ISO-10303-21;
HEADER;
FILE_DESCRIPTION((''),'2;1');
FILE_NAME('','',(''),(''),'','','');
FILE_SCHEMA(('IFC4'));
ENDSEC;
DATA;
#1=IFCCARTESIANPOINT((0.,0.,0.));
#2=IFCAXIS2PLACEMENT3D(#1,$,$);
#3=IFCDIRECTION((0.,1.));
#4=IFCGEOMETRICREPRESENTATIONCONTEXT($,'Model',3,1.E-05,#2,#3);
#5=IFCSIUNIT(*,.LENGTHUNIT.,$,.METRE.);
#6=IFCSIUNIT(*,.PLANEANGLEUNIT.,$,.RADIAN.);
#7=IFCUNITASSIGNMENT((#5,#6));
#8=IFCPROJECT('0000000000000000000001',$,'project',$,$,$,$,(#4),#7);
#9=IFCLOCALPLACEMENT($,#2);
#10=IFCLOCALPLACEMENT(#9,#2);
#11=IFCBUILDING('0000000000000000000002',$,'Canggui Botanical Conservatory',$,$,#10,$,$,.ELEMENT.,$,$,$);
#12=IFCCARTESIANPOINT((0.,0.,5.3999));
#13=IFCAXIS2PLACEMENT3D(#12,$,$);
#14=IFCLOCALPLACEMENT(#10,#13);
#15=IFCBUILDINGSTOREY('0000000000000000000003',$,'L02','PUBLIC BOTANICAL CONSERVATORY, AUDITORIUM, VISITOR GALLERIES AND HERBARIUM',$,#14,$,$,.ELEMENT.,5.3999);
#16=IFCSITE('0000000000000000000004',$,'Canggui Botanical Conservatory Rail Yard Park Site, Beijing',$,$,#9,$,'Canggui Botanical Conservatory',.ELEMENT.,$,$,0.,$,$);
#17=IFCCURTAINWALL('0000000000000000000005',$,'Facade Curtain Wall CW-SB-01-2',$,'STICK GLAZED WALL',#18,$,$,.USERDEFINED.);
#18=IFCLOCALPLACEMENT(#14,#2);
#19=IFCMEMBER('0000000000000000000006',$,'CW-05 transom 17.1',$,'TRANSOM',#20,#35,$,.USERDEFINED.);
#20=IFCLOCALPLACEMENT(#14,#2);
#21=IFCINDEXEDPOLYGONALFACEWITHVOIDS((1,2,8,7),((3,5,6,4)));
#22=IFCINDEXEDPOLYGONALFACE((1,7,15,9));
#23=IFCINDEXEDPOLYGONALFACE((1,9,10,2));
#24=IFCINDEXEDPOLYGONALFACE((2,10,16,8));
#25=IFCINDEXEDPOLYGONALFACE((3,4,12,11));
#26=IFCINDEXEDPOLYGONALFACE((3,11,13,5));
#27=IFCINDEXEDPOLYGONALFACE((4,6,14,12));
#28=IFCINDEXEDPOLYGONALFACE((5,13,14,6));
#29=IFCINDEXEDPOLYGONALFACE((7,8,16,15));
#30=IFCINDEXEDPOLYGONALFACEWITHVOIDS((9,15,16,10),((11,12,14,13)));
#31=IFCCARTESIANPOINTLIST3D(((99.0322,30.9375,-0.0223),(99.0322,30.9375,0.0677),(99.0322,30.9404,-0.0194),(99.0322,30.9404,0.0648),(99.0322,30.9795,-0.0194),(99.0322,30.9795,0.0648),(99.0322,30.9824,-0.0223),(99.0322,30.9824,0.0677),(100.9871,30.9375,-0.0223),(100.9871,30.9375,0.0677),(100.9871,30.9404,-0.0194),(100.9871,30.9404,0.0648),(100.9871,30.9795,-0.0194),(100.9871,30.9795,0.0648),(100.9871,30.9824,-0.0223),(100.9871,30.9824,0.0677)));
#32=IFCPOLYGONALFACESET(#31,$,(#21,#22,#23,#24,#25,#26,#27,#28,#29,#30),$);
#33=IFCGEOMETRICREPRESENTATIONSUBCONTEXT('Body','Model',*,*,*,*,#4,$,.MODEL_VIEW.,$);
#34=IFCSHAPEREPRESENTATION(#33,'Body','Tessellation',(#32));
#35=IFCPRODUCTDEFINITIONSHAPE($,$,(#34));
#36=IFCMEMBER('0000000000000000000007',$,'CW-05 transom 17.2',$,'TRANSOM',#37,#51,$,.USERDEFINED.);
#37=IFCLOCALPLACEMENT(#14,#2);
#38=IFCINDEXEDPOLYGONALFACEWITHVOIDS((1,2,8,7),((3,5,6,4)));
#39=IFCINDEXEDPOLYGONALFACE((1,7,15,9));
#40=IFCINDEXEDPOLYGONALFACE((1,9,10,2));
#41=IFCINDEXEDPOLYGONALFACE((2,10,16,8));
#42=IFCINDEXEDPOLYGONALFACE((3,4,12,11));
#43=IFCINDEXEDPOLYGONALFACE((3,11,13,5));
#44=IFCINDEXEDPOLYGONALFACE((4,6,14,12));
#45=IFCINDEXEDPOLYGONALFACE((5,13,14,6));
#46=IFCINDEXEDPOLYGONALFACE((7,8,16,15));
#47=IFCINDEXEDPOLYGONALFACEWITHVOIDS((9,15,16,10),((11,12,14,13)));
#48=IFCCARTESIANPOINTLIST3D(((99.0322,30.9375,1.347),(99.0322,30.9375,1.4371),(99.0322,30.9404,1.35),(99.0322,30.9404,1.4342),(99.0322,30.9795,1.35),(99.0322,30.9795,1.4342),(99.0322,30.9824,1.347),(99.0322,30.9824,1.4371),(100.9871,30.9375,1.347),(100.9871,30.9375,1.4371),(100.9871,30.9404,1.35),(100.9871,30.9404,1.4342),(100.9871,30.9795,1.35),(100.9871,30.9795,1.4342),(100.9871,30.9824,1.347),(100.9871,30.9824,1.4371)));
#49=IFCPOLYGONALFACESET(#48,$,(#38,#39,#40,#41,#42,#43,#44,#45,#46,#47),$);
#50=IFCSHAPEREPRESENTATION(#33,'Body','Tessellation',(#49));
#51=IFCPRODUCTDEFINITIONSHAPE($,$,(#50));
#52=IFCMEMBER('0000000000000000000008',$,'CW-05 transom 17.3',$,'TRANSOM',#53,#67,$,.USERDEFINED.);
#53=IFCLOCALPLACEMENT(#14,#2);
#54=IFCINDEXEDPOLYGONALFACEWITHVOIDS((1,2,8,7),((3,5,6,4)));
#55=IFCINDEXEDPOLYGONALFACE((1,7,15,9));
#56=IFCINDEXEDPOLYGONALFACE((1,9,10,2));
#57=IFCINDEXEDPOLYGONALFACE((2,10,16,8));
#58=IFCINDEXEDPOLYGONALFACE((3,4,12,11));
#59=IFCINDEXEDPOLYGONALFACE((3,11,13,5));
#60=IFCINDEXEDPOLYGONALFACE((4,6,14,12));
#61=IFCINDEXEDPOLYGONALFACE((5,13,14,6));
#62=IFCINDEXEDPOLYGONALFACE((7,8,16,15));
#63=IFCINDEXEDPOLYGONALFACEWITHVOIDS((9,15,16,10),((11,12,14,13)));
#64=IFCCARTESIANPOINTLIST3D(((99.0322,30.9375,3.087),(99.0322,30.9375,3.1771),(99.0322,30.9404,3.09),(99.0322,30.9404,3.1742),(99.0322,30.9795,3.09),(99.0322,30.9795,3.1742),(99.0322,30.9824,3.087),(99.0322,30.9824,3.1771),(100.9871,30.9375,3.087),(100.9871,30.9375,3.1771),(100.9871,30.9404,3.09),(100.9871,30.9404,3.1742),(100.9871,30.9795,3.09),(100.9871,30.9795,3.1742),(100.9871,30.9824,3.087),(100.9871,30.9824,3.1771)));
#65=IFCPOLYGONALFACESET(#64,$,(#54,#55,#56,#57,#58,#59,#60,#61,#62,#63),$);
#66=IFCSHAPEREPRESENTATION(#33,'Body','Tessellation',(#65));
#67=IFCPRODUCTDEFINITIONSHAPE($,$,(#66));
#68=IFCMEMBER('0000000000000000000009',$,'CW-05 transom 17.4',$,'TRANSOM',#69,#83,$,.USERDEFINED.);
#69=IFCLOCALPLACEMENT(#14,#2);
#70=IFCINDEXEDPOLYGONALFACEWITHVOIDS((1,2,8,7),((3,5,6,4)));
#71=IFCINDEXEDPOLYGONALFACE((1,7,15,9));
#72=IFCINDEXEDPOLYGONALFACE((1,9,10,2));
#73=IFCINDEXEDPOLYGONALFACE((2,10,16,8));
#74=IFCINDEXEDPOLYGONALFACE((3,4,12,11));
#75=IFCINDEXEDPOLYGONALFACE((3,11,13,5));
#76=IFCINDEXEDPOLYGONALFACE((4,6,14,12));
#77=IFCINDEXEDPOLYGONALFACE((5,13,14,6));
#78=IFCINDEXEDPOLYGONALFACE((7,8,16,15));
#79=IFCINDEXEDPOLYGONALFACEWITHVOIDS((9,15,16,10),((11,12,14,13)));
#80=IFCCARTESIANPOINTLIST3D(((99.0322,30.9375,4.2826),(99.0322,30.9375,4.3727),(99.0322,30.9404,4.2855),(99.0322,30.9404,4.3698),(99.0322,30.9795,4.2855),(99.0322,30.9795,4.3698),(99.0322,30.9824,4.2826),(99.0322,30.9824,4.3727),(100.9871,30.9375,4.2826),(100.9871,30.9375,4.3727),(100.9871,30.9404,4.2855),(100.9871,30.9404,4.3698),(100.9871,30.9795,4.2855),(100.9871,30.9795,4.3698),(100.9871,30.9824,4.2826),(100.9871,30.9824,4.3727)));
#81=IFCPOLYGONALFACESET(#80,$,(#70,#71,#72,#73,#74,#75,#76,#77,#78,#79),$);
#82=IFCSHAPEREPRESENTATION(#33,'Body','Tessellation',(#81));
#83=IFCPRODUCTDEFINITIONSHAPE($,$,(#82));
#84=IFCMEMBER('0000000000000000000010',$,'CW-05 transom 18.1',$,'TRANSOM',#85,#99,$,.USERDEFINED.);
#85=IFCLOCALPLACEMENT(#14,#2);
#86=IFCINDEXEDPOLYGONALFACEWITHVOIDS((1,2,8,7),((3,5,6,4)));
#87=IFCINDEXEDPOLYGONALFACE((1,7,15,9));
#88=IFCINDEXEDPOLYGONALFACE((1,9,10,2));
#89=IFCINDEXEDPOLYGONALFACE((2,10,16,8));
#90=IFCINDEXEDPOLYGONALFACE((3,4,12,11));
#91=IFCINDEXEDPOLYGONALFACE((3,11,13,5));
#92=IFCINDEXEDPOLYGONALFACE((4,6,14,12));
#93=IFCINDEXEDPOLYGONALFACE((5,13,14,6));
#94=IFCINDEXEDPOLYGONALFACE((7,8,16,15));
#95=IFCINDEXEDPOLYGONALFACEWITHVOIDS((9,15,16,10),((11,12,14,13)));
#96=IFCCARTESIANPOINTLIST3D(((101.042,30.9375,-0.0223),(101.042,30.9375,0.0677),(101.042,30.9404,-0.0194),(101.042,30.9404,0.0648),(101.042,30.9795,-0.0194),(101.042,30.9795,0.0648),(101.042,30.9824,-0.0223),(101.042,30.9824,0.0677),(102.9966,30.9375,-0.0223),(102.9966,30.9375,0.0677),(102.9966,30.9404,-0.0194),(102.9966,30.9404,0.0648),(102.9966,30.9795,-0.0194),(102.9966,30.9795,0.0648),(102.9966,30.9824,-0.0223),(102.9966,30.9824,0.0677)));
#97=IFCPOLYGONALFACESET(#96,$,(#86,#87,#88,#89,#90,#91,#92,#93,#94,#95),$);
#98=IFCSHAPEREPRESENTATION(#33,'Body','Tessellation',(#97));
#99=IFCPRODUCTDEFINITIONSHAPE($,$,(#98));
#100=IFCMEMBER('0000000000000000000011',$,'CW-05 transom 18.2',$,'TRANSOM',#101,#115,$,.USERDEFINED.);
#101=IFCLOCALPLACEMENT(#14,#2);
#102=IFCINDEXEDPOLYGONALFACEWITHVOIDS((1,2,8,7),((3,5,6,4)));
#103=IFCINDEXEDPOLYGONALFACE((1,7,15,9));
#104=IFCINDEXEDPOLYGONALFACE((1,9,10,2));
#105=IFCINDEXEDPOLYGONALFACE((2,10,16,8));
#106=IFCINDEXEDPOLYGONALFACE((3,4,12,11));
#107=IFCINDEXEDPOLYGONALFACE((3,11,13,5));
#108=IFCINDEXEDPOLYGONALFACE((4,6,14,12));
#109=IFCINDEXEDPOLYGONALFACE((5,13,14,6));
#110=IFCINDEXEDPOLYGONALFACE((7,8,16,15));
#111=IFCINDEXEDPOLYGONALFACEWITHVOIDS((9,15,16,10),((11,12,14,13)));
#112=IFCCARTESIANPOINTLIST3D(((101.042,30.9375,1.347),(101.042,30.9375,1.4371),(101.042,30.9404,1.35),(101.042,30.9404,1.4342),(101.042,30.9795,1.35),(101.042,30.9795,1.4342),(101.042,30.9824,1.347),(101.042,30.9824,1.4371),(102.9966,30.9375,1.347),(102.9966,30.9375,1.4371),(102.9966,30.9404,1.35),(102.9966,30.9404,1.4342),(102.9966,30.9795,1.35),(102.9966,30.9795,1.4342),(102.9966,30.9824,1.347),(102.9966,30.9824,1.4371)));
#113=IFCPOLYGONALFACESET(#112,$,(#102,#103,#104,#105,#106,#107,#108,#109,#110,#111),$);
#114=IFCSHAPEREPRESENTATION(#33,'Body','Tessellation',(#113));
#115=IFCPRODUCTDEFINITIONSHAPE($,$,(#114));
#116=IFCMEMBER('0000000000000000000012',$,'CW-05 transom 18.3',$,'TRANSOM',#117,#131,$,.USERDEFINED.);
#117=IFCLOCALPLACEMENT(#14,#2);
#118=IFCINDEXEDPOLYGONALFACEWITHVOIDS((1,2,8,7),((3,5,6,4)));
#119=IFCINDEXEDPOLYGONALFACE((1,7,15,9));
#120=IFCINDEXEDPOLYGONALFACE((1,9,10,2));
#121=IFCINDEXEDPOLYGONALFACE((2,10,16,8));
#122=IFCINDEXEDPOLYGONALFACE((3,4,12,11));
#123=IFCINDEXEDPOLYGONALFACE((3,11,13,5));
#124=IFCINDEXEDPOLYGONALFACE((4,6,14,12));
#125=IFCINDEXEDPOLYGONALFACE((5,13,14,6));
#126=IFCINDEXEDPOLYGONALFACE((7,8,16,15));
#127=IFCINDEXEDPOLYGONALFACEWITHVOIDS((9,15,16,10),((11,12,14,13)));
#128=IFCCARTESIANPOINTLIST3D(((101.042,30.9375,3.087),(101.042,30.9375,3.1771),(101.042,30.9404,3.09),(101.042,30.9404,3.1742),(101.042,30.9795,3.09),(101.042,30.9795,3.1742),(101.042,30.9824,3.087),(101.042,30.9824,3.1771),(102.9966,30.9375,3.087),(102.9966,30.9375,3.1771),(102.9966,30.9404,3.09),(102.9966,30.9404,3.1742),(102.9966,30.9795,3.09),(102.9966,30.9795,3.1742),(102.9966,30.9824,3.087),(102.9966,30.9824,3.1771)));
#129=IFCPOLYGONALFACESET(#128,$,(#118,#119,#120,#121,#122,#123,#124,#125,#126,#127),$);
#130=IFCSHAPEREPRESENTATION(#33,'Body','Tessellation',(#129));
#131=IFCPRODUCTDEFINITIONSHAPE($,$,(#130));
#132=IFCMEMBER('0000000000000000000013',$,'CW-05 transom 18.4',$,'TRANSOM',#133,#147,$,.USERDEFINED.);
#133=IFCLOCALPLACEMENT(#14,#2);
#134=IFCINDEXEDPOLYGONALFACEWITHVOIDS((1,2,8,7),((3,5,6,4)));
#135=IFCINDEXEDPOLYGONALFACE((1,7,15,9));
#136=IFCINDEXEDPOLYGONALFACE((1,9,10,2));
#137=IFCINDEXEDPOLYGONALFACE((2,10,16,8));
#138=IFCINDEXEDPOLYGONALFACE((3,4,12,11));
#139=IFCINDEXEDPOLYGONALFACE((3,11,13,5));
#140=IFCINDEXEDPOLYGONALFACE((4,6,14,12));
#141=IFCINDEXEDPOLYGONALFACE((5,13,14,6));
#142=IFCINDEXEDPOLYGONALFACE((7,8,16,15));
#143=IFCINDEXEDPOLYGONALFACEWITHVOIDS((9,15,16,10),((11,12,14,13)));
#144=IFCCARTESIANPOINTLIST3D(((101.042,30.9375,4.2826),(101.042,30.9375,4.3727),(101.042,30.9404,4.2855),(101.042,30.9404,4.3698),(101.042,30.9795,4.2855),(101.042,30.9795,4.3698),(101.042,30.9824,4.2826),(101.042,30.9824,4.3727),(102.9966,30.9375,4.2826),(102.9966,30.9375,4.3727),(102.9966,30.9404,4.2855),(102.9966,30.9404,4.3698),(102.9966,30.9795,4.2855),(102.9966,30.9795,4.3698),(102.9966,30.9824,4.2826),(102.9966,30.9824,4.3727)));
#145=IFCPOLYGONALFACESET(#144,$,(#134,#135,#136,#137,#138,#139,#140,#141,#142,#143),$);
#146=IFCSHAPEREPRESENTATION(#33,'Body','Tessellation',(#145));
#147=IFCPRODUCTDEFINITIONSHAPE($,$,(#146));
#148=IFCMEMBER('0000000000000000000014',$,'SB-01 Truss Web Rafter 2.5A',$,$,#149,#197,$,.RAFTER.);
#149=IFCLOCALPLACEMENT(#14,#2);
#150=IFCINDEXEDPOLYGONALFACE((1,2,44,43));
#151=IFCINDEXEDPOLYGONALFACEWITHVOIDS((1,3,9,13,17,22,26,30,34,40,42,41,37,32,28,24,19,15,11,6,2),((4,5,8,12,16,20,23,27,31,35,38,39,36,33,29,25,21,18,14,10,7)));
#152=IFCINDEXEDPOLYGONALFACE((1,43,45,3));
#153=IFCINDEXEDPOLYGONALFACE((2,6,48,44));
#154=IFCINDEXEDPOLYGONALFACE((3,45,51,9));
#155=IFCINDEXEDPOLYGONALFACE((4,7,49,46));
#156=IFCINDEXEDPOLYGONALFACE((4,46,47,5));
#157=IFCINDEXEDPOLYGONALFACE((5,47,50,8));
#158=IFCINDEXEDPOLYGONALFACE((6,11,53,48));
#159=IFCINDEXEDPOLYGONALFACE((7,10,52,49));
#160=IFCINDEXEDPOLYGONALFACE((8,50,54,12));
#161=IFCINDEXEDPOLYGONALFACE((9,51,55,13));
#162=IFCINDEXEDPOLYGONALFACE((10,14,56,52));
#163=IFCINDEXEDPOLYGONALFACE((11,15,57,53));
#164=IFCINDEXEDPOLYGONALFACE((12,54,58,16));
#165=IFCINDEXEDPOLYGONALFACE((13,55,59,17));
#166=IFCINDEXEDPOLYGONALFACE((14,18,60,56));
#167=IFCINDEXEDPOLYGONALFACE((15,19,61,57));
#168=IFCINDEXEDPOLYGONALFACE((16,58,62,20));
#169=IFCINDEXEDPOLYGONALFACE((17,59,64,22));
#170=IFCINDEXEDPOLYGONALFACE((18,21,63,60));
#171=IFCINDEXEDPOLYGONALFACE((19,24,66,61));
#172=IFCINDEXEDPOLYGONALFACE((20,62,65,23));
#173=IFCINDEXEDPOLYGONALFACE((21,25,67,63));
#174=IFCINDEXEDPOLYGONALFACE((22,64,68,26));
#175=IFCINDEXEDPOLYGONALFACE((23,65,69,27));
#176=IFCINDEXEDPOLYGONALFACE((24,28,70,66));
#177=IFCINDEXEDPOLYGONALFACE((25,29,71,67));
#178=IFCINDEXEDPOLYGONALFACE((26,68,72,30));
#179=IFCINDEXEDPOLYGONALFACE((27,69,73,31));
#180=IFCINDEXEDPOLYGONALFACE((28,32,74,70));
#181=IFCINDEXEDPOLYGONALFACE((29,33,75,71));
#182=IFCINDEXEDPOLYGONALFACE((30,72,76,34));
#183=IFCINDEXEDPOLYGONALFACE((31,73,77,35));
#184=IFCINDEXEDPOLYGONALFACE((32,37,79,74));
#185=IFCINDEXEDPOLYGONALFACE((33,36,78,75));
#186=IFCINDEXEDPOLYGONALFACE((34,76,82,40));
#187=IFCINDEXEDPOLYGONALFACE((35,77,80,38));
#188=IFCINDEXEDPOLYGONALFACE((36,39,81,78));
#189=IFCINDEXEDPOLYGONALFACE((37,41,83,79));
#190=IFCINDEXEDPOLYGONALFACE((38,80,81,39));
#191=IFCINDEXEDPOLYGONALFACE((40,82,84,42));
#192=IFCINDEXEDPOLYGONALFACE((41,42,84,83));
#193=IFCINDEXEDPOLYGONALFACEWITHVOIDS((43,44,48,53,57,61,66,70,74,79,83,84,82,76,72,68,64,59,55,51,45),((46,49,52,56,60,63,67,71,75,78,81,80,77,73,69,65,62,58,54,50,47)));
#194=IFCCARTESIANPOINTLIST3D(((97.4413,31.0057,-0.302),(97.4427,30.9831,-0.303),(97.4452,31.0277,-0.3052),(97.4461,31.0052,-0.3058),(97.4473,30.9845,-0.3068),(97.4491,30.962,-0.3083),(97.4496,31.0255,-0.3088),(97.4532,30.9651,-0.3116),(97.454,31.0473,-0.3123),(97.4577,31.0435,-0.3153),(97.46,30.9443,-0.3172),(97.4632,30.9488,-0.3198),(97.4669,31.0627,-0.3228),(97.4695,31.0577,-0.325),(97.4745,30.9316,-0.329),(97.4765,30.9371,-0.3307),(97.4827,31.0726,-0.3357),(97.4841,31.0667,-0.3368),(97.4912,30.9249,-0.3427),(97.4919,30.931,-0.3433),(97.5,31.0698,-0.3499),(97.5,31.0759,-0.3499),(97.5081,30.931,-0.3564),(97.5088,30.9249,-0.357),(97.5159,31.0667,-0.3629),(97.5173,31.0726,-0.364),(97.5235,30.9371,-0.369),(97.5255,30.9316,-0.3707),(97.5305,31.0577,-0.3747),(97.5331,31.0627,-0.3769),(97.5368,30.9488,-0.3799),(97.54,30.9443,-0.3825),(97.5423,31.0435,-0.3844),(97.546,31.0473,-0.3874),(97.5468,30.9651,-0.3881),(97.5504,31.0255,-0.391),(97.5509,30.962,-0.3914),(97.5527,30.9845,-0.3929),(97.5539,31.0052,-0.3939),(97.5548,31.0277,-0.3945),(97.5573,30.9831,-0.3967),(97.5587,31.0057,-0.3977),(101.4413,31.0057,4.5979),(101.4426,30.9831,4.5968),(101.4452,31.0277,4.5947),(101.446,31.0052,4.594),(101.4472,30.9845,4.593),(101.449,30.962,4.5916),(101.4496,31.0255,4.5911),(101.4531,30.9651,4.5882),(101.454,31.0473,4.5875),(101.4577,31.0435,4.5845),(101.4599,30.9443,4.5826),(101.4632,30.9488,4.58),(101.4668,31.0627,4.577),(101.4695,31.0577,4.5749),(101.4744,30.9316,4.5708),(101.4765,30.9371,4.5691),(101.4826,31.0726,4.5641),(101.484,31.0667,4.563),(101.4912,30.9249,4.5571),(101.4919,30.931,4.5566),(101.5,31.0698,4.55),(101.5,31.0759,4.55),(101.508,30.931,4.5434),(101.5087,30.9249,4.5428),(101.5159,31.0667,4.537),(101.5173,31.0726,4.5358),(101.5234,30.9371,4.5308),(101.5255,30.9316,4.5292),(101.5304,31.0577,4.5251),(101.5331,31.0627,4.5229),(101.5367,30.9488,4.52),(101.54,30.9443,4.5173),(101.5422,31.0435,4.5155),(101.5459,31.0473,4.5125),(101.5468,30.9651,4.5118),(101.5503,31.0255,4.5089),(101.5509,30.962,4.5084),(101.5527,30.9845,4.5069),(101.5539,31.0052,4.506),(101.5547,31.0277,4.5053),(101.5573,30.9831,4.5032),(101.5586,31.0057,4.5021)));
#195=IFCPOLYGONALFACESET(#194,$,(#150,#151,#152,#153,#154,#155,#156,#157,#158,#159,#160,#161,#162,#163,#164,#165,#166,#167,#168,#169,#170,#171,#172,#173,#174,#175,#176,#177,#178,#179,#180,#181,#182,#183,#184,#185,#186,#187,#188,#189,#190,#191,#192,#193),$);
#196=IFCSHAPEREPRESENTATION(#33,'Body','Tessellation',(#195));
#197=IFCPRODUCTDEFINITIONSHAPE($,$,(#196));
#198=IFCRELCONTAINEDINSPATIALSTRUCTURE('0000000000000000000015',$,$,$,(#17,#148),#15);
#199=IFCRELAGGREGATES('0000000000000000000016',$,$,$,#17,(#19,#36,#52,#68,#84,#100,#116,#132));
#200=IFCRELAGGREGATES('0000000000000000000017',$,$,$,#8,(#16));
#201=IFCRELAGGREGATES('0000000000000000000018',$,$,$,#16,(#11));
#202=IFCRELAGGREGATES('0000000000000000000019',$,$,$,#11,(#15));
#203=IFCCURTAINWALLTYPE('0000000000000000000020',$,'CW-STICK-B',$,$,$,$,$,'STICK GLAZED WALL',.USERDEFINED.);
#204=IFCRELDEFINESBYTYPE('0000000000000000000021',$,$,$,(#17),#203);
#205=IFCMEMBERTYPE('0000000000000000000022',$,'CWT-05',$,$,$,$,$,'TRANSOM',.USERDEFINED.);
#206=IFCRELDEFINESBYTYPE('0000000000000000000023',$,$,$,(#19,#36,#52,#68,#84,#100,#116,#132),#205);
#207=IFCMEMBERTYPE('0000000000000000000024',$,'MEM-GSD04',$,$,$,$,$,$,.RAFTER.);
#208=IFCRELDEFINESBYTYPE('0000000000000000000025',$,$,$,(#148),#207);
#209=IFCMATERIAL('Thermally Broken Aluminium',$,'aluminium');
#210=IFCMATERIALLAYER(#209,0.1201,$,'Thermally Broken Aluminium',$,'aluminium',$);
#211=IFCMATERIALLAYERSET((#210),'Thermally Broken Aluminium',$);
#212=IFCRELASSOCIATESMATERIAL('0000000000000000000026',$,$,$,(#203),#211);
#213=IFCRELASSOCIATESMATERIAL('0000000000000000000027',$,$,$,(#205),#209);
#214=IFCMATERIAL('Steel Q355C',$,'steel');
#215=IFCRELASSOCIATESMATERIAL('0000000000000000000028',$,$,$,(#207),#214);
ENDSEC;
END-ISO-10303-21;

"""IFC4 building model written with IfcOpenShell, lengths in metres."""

from ifc_helpers import new_model, si_unit, direction, frame, origin, origin_2d, place, context, subcontext, project, spatial, hollow_rectangle, hollow_circle, extrude, material, layer, layer_set, material_profile, profile_set, type_object, element, aggregate, save


model = new_model("IFC4")

# Units and contexts
model_context = context("Model", 3, precision=1e-05, world=origin(), true_north=direction((0.0, 1.0)))
body_context = subcontext(model_context, "Body", "Model", "MODEL_VIEW")
ifc_project = project(units=[si_unit("LENGTHUNIT", "METRE"), si_unit("PLANEANGLEUNIT", "RADIAN")], contexts=[model_context])

# Site, building, storey
site_placement = place(None, origin())
site = spatial("IfcSite", under=ifc_project, at=site_placement, Name="Canggui Botanical Conservatory Rail Yard Park Site, Beijing", LongName="Canggui Botanical Conservatory", CompositionType="ELEMENT", RefElevation=0.0)
building_placement = place(site_placement, origin())
building = spatial("IfcBuilding", under=site, at=building_placement, Name="Canggui Botanical Conservatory", CompositionType="ELEMENT")
storey_placement = place(building_placement, frame((0.0, 0.0, 5.3999)))
storey = spatial("IfcBuildingStorey", under=building, at=storey_placement, Name="L02", Description="PUBLIC BOTANICAL CONSERVATORY, AUDITORIUM, VISITOR GALLERIES AND HERBARIUM", CompositionType="ELEMENT", Elevation=5.3999)

# Curtain wall, members
ifc_material_1 = material(Name="Thermally Broken Aluminium", Category="aluminium")
ifc_layer_1 = layer(ifc_material_1, 0.1201, Name="Thermally Broken Aluminium", Category="aluminium")
ifc_layer_set_1 = layer_set([ifc_layer_1], Name="Thermally Broken Aluminium")
curtain_wall_type = type_object("IfcCurtainWallType", Name="CW-STICK-B", ElementType="STICK GLAZED WALL", PredefinedType="USERDEFINED", material=ifc_layer_set_1)
curtain_wall_placement = place(storey_placement, origin())
curtain_wall = element("IfcCurtainWall", 1, at=curtain_wall_placement, inside=storey, type_object=curtain_wall_type, Name="Facade Curtain Wall CW-SB-01-2", ObjectType="STICK GLAZED WALL", PredefinedType="USERDEFINED")
ifc_material_profile_1 = material_profile(ifc_material_1, hollow_rectangle(XDim=0.0449, YDim=0.0901, WallThickness=0.0029, at=origin_2d()), Name="CWT 45x90x3")
ifc_profile_set_1 = profile_set([ifc_material_profile_1], Name="Thermally Broken Aluminium")
member_type_1 = type_object("IfcMemberType", Name="CWT-05", ElementType="TRANSOM", PredefinedType="USERDEFINED", material=ifc_profile_set_1)
member_1_placement = place(storey_placement, frame((99.0322, 30.96, 0.0227), z_axis=(1.0, 0.0, 0.0), x_axis=(0.0, 1.0, 0.0)))
member_1 = element("IfcMember", 2, at=member_1_placement, type_object=member_type_1, Name="CW-05 transom 17.1", ObjectType="TRANSOM", PredefinedType="USERDEFINED", context=body_context, shape_type="SweptSolid", body=[
    extrude(hollow_rectangle(XDim=0.0449, YDim=0.0901, WallThickness=0.0029, at=origin_2d()), origin(), (0.0, 0.0, 1.0), 1.9548),
])
member_2_placement = place(storey_placement, frame((99.0322, 30.96, 1.3921), z_axis=(1.0, 0.0, 0.0), x_axis=(0.0, 1.0, 0.0)))
member_2 = element("IfcMember", 3, at=member_2_placement, type_object=member_type_1, Name="CW-05 transom 17.2", ObjectType="TRANSOM", PredefinedType="USERDEFINED", context=body_context, shape_type="SweptSolid", body=[
    extrude(hollow_rectangle(XDim=0.0449, YDim=0.0901, WallThickness=0.0029, at=origin_2d()), origin(), (0.0, 0.0, 1.0), 1.9548),
])
member_3_placement = place(storey_placement, frame((99.0322, 30.96, 3.1321), z_axis=(1.0, 0.0, 0.0), x_axis=(0.0, 1.0, 0.0)))
member_3 = element("IfcMember", 4, at=member_3_placement, type_object=member_type_1, Name="CW-05 transom 17.3", ObjectType="TRANSOM", PredefinedType="USERDEFINED", context=body_context, shape_type="SweptSolid", body=[
    extrude(hollow_rectangle(XDim=0.0449, YDim=0.0901, WallThickness=0.0029, at=origin_2d()), origin(), (0.0, 0.0, 1.0), 1.9548),
])
member_4_placement = place(storey_placement, frame((99.0322, 30.96, 4.3276), z_axis=(1.0, 0.0, 0.0), x_axis=(0.0, 1.0, 0.0)))
member_4 = element("IfcMember", 5, at=member_4_placement, type_object=member_type_1, Name="CW-05 transom 17.4", ObjectType="TRANSOM", PredefinedType="USERDEFINED", context=body_context, shape_type="SweptSolid", body=[
    extrude(hollow_rectangle(XDim=0.0449, YDim=0.0901, WallThickness=0.0029, at=origin_2d()), origin(), (0.0, 0.0, 1.0), 1.9548),
])
member_5_placement = place(storey_placement, frame((101.042, 30.96, 0.0227), z_axis=(1.0, 0.0, 0.0), x_axis=(0.0, 1.0, 0.0)))
member_5 = element("IfcMember", 6, at=member_5_placement, type_object=member_type_1, Name="CW-05 transom 18.1", ObjectType="TRANSOM", PredefinedType="USERDEFINED", context=body_context, shape_type="SweptSolid", body=[
    extrude(hollow_rectangle(XDim=0.0449, YDim=0.0901, WallThickness=0.0029, at=origin_2d()), origin(), (0.0, 0.0, 1.0), 1.9546),
])
member_6_placement = place(storey_placement, frame((101.042, 30.96, 1.3921), z_axis=(1.0, 0.0, 0.0), x_axis=(0.0, 1.0, 0.0)))
member_6 = element("IfcMember", 7, at=member_6_placement, type_object=member_type_1, Name="CW-05 transom 18.2", ObjectType="TRANSOM", PredefinedType="USERDEFINED", context=body_context, shape_type="SweptSolid", body=[
    extrude(hollow_rectangle(XDim=0.0449, YDim=0.0901, WallThickness=0.0029, at=origin_2d()), origin(), (0.0, 0.0, 1.0), 1.9546),
])
member_7_placement = place(storey_placement, frame((101.042, 30.96, 3.1321), z_axis=(1.0, 0.0, 0.0), x_axis=(0.0, 1.0, 0.0)))
member_7 = element("IfcMember", 8, at=member_7_placement, type_object=member_type_1, Name="CW-05 transom 18.3", ObjectType="TRANSOM", PredefinedType="USERDEFINED", context=body_context, shape_type="SweptSolid", body=[
    extrude(hollow_rectangle(XDim=0.0449, YDim=0.0901, WallThickness=0.0029, at=origin_2d()), origin(), (0.0, 0.0, 1.0), 1.9546),
])
member_8_placement = place(storey_placement, frame((101.042, 30.96, 4.3276), z_axis=(1.0, 0.0, 0.0), x_axis=(0.0, 1.0, 0.0)))
member_8 = element("IfcMember", 9, at=member_8_placement, type_object=member_type_1, Name="CW-05 transom 18.4", ObjectType="TRANSOM", PredefinedType="USERDEFINED", context=body_context, shape_type="SweptSolid", body=[
    extrude(hollow_rectangle(XDim=0.0449, YDim=0.0901, WallThickness=0.0029, at=origin_2d()), origin(), (0.0, 0.0, 1.0), 1.9546),
])

# Member
ifc_material_2 = material(Name="Steel Q355C", Category="steel")
ifc_material_profile_2 = material_profile(ifc_material_2, hollow_circle(Radius=0.0759, WallThickness=0.0061, at=origin_2d()), Name="CHS 152x6")
ifc_profile_set_2 = profile_set([ifc_material_profile_2], Name="Steel Q355C")
member_type_2 = type_object("IfcMemberType", Name="MEM-GSD04", PredefinedType="RAFTER", material=ifc_profile_set_2)
for number, where, z_axis, x_axis, name in (
    (10, (97.5, 31.0, -0.3499), (0.632384, 0.0, 0.774655), (0.0, 1.0, 0.0), "SB-01 Truss Web Rafter 2.5A"),
):
    element("IfcMember", number, at=place(storey_placement, frame(where, z_axis=z_axis, x_axis=x_axis)), inside=storey, type_object=member_type_2, Name=name, PredefinedType="RAFTER", context=body_context, shape_type="SweptSolid", body=[
        extrude(hollow_circle(Radius=0.0759, WallThickness=0.0061, at=origin_2d()), origin(), (0.0, 0.0, 1.0), 6.3252),
    ])

aggregate(curtain_wall, [member_1, member_2, member_3, member_4, member_5, member_6, member_7, member_8])

save(model, "model.ifc")
